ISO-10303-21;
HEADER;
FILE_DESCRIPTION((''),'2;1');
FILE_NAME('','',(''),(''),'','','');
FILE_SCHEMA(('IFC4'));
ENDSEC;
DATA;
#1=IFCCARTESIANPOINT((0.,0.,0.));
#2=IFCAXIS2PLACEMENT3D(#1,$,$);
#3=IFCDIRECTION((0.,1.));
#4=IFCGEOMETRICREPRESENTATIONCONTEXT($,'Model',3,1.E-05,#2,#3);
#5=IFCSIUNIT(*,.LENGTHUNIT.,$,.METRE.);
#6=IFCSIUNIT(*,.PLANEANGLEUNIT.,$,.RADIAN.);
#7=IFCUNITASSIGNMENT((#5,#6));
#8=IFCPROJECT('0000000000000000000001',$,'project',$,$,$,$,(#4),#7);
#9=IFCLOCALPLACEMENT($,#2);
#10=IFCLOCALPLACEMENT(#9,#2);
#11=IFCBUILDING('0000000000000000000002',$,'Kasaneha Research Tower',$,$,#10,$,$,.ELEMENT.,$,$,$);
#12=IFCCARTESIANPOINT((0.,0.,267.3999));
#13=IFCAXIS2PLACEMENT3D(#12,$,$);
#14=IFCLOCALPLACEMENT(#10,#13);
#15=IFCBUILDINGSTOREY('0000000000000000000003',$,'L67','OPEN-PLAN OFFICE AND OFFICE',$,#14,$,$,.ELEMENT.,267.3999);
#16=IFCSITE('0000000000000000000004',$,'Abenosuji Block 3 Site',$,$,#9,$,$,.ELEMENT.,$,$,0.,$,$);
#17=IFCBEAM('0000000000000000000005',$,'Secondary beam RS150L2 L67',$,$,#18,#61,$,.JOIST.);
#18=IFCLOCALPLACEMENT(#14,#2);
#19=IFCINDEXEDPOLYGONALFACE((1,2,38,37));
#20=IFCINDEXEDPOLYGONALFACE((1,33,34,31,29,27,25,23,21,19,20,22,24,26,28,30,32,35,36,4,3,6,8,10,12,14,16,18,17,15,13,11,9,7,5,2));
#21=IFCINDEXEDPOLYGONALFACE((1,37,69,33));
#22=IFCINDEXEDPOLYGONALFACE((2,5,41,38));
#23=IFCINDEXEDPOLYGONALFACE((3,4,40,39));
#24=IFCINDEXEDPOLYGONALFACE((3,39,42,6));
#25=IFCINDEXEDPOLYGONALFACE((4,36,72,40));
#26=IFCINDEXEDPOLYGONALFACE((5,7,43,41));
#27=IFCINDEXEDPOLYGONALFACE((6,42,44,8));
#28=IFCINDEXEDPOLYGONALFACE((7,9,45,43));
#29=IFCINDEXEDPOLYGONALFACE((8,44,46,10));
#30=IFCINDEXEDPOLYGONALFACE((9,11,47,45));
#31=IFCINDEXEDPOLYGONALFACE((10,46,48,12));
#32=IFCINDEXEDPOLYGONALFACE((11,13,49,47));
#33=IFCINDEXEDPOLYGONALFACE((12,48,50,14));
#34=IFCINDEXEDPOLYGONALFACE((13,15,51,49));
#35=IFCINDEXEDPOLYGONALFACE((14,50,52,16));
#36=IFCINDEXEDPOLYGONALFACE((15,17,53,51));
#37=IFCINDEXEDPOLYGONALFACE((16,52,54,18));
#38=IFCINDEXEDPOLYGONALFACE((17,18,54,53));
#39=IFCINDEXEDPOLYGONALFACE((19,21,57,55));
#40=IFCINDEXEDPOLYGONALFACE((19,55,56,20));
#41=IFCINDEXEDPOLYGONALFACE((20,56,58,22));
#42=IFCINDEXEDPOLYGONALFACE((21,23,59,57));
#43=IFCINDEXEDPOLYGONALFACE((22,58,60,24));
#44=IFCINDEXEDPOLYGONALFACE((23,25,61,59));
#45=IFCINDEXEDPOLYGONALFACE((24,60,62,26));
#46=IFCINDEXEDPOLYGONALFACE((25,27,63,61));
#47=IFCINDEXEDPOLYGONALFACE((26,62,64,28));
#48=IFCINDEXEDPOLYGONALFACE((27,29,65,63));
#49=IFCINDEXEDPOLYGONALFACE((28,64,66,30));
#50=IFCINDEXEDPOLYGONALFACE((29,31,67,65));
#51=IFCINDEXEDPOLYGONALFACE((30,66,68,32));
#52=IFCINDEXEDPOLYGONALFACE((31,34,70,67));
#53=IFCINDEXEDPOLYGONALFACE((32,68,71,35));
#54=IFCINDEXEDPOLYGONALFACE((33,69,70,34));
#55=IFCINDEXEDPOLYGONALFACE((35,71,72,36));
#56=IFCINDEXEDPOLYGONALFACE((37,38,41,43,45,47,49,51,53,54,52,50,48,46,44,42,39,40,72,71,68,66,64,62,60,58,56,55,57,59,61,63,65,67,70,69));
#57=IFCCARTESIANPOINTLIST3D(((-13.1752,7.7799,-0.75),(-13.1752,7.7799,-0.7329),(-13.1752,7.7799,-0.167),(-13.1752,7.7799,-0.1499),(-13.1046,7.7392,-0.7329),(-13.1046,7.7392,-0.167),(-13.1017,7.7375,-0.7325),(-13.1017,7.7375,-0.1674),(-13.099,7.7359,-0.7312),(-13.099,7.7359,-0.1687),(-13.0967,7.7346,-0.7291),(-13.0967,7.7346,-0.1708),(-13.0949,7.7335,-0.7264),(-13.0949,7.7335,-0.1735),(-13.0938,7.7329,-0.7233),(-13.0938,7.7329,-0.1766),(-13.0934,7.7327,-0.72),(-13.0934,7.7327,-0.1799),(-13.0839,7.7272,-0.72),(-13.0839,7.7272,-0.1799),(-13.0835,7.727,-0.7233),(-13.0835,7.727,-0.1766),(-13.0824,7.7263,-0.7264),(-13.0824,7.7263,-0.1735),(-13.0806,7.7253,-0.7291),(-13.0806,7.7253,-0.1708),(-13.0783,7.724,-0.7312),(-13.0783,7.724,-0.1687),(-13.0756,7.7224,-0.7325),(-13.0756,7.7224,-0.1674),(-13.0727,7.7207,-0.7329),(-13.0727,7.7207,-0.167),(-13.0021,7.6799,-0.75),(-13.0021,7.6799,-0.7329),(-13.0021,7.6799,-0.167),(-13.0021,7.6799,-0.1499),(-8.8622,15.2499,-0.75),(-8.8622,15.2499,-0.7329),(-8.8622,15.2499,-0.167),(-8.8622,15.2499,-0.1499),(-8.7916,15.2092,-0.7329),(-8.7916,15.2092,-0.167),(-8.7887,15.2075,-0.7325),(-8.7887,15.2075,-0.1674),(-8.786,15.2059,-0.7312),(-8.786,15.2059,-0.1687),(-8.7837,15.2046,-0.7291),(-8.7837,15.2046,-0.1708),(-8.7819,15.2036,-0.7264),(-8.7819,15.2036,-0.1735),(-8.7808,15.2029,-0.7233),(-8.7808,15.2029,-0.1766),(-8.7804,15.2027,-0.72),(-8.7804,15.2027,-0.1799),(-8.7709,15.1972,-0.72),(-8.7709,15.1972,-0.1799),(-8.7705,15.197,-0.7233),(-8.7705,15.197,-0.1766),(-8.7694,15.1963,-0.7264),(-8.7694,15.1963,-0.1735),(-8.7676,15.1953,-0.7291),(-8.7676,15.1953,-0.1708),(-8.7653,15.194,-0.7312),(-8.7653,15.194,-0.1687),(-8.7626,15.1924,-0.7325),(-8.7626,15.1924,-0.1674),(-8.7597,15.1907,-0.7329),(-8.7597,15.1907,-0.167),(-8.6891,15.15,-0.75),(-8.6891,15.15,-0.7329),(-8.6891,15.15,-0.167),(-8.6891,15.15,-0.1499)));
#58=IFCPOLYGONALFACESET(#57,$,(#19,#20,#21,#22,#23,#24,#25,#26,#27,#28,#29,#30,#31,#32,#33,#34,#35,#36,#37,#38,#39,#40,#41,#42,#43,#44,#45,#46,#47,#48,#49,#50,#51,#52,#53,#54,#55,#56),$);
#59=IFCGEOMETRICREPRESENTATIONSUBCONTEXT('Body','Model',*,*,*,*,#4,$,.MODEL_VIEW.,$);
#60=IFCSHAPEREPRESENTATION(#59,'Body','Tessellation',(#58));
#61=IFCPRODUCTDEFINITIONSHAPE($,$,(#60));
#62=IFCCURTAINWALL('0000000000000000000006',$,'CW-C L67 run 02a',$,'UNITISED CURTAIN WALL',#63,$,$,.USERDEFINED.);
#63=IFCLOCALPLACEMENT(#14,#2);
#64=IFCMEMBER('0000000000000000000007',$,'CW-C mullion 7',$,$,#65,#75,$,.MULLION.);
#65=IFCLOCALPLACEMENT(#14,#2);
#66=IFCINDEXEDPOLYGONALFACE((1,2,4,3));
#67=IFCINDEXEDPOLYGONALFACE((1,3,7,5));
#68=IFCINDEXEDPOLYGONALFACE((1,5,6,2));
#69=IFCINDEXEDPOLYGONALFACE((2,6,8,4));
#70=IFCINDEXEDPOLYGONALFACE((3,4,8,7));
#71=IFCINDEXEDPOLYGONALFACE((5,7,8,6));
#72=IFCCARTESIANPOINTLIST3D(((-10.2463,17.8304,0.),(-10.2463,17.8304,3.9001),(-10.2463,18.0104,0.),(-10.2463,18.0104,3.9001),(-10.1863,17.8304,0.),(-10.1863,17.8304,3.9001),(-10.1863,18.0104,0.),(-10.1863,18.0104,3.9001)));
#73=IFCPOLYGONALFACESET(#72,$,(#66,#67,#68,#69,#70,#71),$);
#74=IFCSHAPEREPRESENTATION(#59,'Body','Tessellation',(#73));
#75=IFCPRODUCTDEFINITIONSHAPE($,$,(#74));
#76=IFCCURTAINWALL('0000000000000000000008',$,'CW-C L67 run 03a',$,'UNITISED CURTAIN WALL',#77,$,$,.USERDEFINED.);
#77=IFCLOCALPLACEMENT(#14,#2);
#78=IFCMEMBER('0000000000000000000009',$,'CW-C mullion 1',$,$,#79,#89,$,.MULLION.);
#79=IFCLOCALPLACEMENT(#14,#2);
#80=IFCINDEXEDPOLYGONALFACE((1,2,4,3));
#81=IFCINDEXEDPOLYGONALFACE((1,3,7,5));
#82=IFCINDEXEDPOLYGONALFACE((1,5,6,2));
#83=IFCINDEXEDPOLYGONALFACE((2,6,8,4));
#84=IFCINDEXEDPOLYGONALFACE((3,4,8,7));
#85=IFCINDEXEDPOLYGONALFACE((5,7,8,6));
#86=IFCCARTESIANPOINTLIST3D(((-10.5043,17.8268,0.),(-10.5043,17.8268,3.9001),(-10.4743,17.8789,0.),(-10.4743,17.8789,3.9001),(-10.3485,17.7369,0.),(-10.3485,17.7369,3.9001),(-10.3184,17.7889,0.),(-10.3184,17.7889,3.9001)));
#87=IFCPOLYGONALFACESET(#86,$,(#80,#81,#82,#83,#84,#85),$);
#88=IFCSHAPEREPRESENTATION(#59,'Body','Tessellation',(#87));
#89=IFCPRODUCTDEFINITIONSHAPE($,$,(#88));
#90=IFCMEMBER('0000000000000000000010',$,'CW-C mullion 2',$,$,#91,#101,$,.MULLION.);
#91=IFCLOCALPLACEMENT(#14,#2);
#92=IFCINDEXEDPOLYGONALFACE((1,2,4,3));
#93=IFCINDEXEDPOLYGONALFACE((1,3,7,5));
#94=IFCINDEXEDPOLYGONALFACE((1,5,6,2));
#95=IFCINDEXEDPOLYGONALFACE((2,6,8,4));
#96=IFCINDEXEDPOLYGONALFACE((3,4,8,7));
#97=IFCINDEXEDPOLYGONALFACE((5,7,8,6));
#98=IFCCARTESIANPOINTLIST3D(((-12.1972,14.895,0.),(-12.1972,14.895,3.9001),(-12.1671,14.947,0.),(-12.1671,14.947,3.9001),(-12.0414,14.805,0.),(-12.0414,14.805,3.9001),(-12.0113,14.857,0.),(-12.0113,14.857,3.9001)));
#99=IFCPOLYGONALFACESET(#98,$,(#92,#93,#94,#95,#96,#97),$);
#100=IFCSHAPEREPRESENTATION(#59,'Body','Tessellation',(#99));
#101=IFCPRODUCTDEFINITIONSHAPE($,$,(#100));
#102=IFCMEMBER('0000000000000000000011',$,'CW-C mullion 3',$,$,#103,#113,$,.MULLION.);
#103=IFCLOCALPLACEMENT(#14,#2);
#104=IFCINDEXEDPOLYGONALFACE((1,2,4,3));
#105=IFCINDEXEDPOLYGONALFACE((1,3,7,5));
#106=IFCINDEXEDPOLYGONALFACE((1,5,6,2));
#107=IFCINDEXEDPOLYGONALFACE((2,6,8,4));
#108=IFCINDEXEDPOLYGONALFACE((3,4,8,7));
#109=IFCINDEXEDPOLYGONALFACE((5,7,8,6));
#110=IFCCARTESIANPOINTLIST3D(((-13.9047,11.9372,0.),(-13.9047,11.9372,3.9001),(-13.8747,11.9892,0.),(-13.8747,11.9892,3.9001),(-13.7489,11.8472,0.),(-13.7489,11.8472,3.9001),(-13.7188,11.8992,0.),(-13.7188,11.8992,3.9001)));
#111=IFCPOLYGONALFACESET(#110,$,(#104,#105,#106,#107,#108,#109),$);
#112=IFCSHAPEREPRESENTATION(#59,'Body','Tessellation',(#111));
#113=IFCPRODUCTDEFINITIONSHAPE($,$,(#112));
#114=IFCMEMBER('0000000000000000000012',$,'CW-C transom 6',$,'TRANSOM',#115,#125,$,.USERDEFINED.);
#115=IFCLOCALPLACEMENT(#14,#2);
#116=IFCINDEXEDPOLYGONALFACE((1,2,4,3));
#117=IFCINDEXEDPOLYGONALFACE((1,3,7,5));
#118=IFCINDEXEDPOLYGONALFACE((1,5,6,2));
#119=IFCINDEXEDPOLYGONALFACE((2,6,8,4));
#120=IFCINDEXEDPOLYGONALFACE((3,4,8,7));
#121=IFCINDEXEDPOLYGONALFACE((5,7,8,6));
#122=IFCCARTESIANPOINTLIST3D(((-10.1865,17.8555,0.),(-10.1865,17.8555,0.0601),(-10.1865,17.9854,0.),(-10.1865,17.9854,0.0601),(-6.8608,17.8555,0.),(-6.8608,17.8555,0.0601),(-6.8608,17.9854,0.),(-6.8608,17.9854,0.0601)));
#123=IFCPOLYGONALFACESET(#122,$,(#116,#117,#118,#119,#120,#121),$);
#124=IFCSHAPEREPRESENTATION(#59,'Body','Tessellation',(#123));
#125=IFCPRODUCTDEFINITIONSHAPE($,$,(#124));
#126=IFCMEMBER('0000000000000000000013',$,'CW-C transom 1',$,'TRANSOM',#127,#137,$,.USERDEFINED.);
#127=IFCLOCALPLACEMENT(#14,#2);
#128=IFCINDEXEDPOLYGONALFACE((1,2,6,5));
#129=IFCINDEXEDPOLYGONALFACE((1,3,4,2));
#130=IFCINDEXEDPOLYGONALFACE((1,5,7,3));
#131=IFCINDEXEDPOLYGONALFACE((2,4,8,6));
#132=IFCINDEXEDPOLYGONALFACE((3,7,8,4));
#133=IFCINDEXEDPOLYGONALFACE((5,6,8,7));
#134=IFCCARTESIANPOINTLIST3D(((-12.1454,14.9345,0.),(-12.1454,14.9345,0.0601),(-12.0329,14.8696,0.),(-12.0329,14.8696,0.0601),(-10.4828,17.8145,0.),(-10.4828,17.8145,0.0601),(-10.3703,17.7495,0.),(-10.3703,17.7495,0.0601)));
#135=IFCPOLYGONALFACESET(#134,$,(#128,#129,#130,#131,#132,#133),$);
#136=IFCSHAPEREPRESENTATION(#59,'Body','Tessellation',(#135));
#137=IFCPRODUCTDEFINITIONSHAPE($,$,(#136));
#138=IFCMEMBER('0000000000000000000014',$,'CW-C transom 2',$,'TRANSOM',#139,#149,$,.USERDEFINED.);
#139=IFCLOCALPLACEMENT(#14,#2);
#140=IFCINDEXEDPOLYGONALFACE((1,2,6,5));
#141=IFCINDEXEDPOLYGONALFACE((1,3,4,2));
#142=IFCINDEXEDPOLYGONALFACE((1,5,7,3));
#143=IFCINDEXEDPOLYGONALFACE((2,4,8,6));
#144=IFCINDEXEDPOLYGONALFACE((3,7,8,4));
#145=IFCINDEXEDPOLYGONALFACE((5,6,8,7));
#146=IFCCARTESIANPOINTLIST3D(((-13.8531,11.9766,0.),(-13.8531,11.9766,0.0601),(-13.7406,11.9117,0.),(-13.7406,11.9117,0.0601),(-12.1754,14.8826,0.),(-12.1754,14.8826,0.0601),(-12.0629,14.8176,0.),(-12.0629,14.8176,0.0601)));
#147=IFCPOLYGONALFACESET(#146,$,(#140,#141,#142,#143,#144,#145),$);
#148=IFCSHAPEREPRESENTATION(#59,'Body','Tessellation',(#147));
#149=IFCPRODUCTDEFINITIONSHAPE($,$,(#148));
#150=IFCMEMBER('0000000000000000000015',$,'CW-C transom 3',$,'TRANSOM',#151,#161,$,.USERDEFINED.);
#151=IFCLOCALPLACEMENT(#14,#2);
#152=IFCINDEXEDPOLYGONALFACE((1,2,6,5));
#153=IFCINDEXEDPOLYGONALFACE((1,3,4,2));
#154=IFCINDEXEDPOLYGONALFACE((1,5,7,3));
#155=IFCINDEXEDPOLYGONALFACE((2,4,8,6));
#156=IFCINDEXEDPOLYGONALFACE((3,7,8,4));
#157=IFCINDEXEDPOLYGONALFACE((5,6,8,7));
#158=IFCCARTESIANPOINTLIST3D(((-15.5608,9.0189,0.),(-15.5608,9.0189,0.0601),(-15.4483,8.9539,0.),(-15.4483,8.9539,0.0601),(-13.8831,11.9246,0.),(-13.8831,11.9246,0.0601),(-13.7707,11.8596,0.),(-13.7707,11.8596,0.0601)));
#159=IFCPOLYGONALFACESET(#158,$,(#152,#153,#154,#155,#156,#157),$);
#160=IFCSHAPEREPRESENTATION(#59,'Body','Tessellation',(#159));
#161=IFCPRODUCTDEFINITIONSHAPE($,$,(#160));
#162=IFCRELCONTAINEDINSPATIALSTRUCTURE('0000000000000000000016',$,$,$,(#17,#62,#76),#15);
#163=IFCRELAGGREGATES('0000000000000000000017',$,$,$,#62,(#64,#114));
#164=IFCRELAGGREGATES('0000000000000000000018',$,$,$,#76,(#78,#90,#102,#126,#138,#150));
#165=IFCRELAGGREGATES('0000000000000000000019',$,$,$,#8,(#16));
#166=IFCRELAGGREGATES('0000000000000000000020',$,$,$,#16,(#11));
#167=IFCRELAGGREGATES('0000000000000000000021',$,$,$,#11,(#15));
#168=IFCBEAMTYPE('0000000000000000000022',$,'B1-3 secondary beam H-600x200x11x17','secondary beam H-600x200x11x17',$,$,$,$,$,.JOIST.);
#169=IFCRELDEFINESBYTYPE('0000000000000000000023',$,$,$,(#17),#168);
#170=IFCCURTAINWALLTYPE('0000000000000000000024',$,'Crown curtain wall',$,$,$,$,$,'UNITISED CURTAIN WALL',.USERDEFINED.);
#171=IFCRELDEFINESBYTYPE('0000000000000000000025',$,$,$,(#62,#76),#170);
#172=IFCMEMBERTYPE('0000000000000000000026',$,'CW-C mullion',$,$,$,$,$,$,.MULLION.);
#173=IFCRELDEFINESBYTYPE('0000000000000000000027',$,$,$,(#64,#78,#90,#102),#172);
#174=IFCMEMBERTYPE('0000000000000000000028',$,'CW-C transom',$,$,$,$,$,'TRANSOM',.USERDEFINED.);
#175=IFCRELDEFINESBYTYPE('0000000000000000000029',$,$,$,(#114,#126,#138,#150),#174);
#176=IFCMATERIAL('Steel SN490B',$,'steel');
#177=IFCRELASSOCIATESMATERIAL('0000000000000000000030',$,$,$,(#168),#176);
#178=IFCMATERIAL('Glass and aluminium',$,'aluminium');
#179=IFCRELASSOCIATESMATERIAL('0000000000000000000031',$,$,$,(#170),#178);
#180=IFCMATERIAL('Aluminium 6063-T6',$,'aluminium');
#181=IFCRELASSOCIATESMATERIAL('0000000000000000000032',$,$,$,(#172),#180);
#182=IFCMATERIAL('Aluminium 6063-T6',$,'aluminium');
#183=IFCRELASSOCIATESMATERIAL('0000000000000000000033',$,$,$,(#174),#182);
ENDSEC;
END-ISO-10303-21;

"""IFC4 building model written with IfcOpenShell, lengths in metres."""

from ifc_helpers import new_model, si_unit, direction, frame, origin, origin_2d, place, context, subcontext, project, spatial, rectangle, i_section, extrude, material, material_profile, profile_set, type_object, element, aggregate, save


model = new_model("IFC4")

# Units and contexts
model_context = context("Model", 3, precision=1e-05, world=origin(), true_north=direction((0.0, 1.0)))
body_context = subcontext(model_context, "Body", "Model", "MODEL_VIEW")
ifc_project = project(units=[si_unit("LENGTHUNIT", "METRE"), si_unit("PLANEANGLEUNIT", "RADIAN")], contexts=[model_context])

# Site, building, storey
site_placement = place(None, origin())
site = spatial("IfcSite", under=ifc_project, at=site_placement, Name="Abenosuji Block 3 Site", CompositionType="ELEMENT", RefElevation=0.0)
building_placement = place(site_placement, origin())
building = spatial("IfcBuilding", under=site, at=building_placement, Name="Kasaneha Research Tower", CompositionType="ELEMENT")
storey_placement = place(building_placement, frame((0.0, 0.0, 267.3999)))
storey = spatial("IfcBuildingStorey", under=building, at=storey_placement, Name="L67", Description="OPEN-PLAN OFFICE AND OFFICE", CompositionType="ELEMENT", Elevation=267.3999)

# Beam
ifc_material_1 = material(Name="Steel SN490B", Category="steel")
ifc_material_profile_1 = material_profile(ifc_material_1, i_section(OverallWidth=0.2, OverallDepth=0.6001, WebThickness=0.011, FlangeThickness=0.0171, FilletRadius=0.0129, at=origin_2d()), Name="H-600x200x11x17")
ifc_profile_set_1 = profile_set([ifc_material_profile_1], Name="Steel SN490B")
beam_type_1 = type_object("IfcBeamType", Name="B1-3 secondary beam H-600x200x11x17", Description="secondary beam H-600x200x11x17", PredefinedType="JOIST", material=ifc_profile_set_1)
beam_1_placement = place(storey_placement, frame((-8.7756, 15.2, -0.45), z_axis=(-0.500017, -0.866015, 0.0), x_axis=(0.866015, -0.500017, 0.0)))
element("IfcBeam", 1, at=beam_1_placement, inside=storey, type_object=beam_type_1, Name="Secondary beam RS150L2 L67", PredefinedType="JOIST", context=body_context, shape_type="SweptSolid", body=[
    extrude(i_section(OverallWidth=0.2, OverallDepth=0.6001, WebThickness=0.011, FlangeThickness=0.0171, FilletRadius=0.0129, at=origin_2d()), origin(), (0.0, 0.0, 1.0), 8.6257),
])

# Curtain wall, member
ifc_material_2 = material(Name="Glass and aluminium", Category="aluminium")
curtain_wall_type = type_object("IfcCurtainWallType", Name="Crown curtain wall", ElementType="UNITISED CURTAIN WALL", PredefinedType="USERDEFINED", material=ifc_material_2)
curtain_wall_1_placement = place(storey_placement, origin())
curtain_wall_1 = element("IfcCurtainWall", 2, at=curtain_wall_1_placement, inside=storey, type_object=curtain_wall_type, Name="CW-C L67 run 02a", ObjectType="UNITISED CURTAIN WALL", PredefinedType="USERDEFINED")
ifc_material_3 = material(Name="Aluminium 6063-T6", Category="aluminium")
ifc_material_profile_2 = material_profile(ifc_material_3, rectangle(XDim=0.0601, YDim=0.1799, at=origin_2d()), Name="CW-C mullion 60x180")
ifc_profile_set_2 = profile_set([ifc_material_profile_2], Name="Aluminium 6063-T6")
member_type_1 = type_object("IfcMemberType", Name="CW-C mullion", PredefinedType="MULLION", material=ifc_profile_set_2)
member_1_placement = place(storey_placement, frame((-10.2163, 17.9204, 0.0), z_axis=(0.0, 0.0, 1.0), x_axis=(-1.0, 0.0, 0.0)))
member_1 = element("IfcMember", 3, at=member_1_placement, type_object=member_type_1, Name="CW-C mullion 7", PredefinedType="MULLION", context=body_context, shape_type="SweptSolid", body=[
    extrude(rectangle(XDim=0.0601, YDim=0.1799, at=origin_2d()), origin(), (0.0, 0.0, 1.0), 3.9001),
])

# Curtain wall, members
curtain_wall_2_placement = place(storey_placement, origin())
curtain_wall_2 = element("IfcCurtainWall", 4, at=curtain_wall_2_placement, inside=storey, type_object=curtain_wall_type, Name="CW-C L67 run 03a", ObjectType="UNITISED CURTAIN WALL", PredefinedType="USERDEFINED")
member_2_placement = place(storey_placement, frame((-10.4114, 17.8079, 0.0), z_axis=(0.0, 0.0, 1.0), x_axis=(-0.5, -0.866025, 0.0)))
member_2 = element("IfcMember", 5, at=member_2_placement, type_object=member_type_1, Name="CW-C mullion 1", PredefinedType="MULLION", context=body_context, shape_type="SweptSolid", body=[
    extrude(rectangle(XDim=0.0601, YDim=0.1799, at=origin_2d()), origin(), (0.0, 0.0, 1.0), 3.9001),
])
member_3_placement = place(storey_placement, frame((-12.1042, 14.876, 0.0), z_axis=(0.0, 0.0, 1.0), x_axis=(-0.5, -0.866025, 0.0)))
member_3 = element("IfcMember", 6, at=member_3_placement, type_object=member_type_1, Name="CW-C mullion 2", PredefinedType="MULLION", context=body_context, shape_type="SweptSolid", body=[
    extrude(rectangle(XDim=0.0601, YDim=0.1799, at=origin_2d()), origin(), (0.0, 0.0, 1.0), 3.9001),
])
member_4_placement = place(storey_placement, frame((-13.8118, 11.9182, 0.0), z_axis=(0.0, 0.0, 1.0), x_axis=(-0.5, -0.866025, 0.0)))
member_4 = element("IfcMember", 7, at=member_4_placement, type_object=member_type_1, Name="CW-C mullion 3", PredefinedType="MULLION", context=body_context, shape_type="SweptSolid", body=[
    extrude(rectangle(XDim=0.0601, YDim=0.1799, at=origin_2d()), origin(), (0.0, 0.0, 1.0), 3.9001),
])

# Members
ifc_material_4 = material(Name="Aluminium 6063-T6", Category="aluminium")
ifc_material_profile_3 = material_profile(ifc_material_4, rectangle(XDim=0.1299, YDim=0.0601, at=origin_2d()), Name="CW-C transom 130x60")
ifc_profile_set_3 = profile_set([ifc_material_profile_3], Name="Aluminium 6063-T6")
member_type_2 = type_object("IfcMemberType", Name="CW-C transom", ElementType="TRANSOM", PredefinedType="USERDEFINED", material=ifc_profile_set_3)
member_5_placement = place(storey_placement, frame((-6.8608, 17.9204, 0.03), z_axis=(-1.0, 0.0, 0.0), x_axis=(0.0, -1.0, 0.0)))
member_5 = element("IfcMember", 8, at=member_5_placement, type_object=member_type_2, Name="CW-C transom 6", ObjectType="TRANSOM", PredefinedType="USERDEFINED", context=body_context, shape_type="SweptSolid", body=[
    extrude(rectangle(XDim=0.1299, YDim=0.0601, at=origin_2d()), origin(), (0.0, 0.0, 1.0), 3.3257),
])
member_6_placement = place(storey_placement, frame((-10.4265, 17.782, 0.03), z_axis=(-0.499977, -0.866039, 0.0), x_axis=(0.866039, -0.499977, 0.0)))
member_6 = element("IfcMember", 9, at=member_6_placement, type_object=member_type_2, Name="CW-C transom 1", ObjectType="TRANSOM", PredefinedType="USERDEFINED", context=body_context, shape_type="SweptSolid", body=[
    extrude(rectangle(XDim=0.1299, YDim=0.0601, at=origin_2d()), origin(), (0.0, 0.0, 1.0), 3.3254),
])
member_7_placement = place(storey_placement, frame((-12.1191, 14.8501, 0.03), z_axis=(-0.499989, -0.866032, 0.0), x_axis=(0.866032, -0.499989, 0.0)))
member_7 = element("IfcMember", 10, at=member_7_placement, type_object=member_type_2, Name="CW-C transom 2", ObjectType="TRANSOM", PredefinedType="USERDEFINED", context=body_context, shape_type="SweptSolid", body=[
    extrude(rectangle(XDim=0.1299, YDim=0.0601, at=origin_2d()), origin(), (0.0, 0.0, 1.0), 3.3555),
])
member_8_placement = place(storey_placement, frame((-13.8269, 11.8921, 0.03), z_axis=(-0.500021, -0.866014, 0.0), x_axis=(0.866014, -0.500021, 0.0)))
member_8 = element("IfcMember", 11, at=member_8_placement, type_object=member_type_2, Name="CW-C transom 3", ObjectType="TRANSOM", PredefinedType="USERDEFINED", context=body_context, shape_type="SweptSolid", body=[
    extrude(rectangle(XDim=0.1299, YDim=0.0601, at=origin_2d()), origin(), (0.0, 0.0, 1.0), 3.3552),
])

aggregate(curtain_wall_1, [member_1, member_5])
aggregate(curtain_wall_2, [member_2, member_3, member_4, member_6, member_7, member_8])

save(model, "model.ifc")
